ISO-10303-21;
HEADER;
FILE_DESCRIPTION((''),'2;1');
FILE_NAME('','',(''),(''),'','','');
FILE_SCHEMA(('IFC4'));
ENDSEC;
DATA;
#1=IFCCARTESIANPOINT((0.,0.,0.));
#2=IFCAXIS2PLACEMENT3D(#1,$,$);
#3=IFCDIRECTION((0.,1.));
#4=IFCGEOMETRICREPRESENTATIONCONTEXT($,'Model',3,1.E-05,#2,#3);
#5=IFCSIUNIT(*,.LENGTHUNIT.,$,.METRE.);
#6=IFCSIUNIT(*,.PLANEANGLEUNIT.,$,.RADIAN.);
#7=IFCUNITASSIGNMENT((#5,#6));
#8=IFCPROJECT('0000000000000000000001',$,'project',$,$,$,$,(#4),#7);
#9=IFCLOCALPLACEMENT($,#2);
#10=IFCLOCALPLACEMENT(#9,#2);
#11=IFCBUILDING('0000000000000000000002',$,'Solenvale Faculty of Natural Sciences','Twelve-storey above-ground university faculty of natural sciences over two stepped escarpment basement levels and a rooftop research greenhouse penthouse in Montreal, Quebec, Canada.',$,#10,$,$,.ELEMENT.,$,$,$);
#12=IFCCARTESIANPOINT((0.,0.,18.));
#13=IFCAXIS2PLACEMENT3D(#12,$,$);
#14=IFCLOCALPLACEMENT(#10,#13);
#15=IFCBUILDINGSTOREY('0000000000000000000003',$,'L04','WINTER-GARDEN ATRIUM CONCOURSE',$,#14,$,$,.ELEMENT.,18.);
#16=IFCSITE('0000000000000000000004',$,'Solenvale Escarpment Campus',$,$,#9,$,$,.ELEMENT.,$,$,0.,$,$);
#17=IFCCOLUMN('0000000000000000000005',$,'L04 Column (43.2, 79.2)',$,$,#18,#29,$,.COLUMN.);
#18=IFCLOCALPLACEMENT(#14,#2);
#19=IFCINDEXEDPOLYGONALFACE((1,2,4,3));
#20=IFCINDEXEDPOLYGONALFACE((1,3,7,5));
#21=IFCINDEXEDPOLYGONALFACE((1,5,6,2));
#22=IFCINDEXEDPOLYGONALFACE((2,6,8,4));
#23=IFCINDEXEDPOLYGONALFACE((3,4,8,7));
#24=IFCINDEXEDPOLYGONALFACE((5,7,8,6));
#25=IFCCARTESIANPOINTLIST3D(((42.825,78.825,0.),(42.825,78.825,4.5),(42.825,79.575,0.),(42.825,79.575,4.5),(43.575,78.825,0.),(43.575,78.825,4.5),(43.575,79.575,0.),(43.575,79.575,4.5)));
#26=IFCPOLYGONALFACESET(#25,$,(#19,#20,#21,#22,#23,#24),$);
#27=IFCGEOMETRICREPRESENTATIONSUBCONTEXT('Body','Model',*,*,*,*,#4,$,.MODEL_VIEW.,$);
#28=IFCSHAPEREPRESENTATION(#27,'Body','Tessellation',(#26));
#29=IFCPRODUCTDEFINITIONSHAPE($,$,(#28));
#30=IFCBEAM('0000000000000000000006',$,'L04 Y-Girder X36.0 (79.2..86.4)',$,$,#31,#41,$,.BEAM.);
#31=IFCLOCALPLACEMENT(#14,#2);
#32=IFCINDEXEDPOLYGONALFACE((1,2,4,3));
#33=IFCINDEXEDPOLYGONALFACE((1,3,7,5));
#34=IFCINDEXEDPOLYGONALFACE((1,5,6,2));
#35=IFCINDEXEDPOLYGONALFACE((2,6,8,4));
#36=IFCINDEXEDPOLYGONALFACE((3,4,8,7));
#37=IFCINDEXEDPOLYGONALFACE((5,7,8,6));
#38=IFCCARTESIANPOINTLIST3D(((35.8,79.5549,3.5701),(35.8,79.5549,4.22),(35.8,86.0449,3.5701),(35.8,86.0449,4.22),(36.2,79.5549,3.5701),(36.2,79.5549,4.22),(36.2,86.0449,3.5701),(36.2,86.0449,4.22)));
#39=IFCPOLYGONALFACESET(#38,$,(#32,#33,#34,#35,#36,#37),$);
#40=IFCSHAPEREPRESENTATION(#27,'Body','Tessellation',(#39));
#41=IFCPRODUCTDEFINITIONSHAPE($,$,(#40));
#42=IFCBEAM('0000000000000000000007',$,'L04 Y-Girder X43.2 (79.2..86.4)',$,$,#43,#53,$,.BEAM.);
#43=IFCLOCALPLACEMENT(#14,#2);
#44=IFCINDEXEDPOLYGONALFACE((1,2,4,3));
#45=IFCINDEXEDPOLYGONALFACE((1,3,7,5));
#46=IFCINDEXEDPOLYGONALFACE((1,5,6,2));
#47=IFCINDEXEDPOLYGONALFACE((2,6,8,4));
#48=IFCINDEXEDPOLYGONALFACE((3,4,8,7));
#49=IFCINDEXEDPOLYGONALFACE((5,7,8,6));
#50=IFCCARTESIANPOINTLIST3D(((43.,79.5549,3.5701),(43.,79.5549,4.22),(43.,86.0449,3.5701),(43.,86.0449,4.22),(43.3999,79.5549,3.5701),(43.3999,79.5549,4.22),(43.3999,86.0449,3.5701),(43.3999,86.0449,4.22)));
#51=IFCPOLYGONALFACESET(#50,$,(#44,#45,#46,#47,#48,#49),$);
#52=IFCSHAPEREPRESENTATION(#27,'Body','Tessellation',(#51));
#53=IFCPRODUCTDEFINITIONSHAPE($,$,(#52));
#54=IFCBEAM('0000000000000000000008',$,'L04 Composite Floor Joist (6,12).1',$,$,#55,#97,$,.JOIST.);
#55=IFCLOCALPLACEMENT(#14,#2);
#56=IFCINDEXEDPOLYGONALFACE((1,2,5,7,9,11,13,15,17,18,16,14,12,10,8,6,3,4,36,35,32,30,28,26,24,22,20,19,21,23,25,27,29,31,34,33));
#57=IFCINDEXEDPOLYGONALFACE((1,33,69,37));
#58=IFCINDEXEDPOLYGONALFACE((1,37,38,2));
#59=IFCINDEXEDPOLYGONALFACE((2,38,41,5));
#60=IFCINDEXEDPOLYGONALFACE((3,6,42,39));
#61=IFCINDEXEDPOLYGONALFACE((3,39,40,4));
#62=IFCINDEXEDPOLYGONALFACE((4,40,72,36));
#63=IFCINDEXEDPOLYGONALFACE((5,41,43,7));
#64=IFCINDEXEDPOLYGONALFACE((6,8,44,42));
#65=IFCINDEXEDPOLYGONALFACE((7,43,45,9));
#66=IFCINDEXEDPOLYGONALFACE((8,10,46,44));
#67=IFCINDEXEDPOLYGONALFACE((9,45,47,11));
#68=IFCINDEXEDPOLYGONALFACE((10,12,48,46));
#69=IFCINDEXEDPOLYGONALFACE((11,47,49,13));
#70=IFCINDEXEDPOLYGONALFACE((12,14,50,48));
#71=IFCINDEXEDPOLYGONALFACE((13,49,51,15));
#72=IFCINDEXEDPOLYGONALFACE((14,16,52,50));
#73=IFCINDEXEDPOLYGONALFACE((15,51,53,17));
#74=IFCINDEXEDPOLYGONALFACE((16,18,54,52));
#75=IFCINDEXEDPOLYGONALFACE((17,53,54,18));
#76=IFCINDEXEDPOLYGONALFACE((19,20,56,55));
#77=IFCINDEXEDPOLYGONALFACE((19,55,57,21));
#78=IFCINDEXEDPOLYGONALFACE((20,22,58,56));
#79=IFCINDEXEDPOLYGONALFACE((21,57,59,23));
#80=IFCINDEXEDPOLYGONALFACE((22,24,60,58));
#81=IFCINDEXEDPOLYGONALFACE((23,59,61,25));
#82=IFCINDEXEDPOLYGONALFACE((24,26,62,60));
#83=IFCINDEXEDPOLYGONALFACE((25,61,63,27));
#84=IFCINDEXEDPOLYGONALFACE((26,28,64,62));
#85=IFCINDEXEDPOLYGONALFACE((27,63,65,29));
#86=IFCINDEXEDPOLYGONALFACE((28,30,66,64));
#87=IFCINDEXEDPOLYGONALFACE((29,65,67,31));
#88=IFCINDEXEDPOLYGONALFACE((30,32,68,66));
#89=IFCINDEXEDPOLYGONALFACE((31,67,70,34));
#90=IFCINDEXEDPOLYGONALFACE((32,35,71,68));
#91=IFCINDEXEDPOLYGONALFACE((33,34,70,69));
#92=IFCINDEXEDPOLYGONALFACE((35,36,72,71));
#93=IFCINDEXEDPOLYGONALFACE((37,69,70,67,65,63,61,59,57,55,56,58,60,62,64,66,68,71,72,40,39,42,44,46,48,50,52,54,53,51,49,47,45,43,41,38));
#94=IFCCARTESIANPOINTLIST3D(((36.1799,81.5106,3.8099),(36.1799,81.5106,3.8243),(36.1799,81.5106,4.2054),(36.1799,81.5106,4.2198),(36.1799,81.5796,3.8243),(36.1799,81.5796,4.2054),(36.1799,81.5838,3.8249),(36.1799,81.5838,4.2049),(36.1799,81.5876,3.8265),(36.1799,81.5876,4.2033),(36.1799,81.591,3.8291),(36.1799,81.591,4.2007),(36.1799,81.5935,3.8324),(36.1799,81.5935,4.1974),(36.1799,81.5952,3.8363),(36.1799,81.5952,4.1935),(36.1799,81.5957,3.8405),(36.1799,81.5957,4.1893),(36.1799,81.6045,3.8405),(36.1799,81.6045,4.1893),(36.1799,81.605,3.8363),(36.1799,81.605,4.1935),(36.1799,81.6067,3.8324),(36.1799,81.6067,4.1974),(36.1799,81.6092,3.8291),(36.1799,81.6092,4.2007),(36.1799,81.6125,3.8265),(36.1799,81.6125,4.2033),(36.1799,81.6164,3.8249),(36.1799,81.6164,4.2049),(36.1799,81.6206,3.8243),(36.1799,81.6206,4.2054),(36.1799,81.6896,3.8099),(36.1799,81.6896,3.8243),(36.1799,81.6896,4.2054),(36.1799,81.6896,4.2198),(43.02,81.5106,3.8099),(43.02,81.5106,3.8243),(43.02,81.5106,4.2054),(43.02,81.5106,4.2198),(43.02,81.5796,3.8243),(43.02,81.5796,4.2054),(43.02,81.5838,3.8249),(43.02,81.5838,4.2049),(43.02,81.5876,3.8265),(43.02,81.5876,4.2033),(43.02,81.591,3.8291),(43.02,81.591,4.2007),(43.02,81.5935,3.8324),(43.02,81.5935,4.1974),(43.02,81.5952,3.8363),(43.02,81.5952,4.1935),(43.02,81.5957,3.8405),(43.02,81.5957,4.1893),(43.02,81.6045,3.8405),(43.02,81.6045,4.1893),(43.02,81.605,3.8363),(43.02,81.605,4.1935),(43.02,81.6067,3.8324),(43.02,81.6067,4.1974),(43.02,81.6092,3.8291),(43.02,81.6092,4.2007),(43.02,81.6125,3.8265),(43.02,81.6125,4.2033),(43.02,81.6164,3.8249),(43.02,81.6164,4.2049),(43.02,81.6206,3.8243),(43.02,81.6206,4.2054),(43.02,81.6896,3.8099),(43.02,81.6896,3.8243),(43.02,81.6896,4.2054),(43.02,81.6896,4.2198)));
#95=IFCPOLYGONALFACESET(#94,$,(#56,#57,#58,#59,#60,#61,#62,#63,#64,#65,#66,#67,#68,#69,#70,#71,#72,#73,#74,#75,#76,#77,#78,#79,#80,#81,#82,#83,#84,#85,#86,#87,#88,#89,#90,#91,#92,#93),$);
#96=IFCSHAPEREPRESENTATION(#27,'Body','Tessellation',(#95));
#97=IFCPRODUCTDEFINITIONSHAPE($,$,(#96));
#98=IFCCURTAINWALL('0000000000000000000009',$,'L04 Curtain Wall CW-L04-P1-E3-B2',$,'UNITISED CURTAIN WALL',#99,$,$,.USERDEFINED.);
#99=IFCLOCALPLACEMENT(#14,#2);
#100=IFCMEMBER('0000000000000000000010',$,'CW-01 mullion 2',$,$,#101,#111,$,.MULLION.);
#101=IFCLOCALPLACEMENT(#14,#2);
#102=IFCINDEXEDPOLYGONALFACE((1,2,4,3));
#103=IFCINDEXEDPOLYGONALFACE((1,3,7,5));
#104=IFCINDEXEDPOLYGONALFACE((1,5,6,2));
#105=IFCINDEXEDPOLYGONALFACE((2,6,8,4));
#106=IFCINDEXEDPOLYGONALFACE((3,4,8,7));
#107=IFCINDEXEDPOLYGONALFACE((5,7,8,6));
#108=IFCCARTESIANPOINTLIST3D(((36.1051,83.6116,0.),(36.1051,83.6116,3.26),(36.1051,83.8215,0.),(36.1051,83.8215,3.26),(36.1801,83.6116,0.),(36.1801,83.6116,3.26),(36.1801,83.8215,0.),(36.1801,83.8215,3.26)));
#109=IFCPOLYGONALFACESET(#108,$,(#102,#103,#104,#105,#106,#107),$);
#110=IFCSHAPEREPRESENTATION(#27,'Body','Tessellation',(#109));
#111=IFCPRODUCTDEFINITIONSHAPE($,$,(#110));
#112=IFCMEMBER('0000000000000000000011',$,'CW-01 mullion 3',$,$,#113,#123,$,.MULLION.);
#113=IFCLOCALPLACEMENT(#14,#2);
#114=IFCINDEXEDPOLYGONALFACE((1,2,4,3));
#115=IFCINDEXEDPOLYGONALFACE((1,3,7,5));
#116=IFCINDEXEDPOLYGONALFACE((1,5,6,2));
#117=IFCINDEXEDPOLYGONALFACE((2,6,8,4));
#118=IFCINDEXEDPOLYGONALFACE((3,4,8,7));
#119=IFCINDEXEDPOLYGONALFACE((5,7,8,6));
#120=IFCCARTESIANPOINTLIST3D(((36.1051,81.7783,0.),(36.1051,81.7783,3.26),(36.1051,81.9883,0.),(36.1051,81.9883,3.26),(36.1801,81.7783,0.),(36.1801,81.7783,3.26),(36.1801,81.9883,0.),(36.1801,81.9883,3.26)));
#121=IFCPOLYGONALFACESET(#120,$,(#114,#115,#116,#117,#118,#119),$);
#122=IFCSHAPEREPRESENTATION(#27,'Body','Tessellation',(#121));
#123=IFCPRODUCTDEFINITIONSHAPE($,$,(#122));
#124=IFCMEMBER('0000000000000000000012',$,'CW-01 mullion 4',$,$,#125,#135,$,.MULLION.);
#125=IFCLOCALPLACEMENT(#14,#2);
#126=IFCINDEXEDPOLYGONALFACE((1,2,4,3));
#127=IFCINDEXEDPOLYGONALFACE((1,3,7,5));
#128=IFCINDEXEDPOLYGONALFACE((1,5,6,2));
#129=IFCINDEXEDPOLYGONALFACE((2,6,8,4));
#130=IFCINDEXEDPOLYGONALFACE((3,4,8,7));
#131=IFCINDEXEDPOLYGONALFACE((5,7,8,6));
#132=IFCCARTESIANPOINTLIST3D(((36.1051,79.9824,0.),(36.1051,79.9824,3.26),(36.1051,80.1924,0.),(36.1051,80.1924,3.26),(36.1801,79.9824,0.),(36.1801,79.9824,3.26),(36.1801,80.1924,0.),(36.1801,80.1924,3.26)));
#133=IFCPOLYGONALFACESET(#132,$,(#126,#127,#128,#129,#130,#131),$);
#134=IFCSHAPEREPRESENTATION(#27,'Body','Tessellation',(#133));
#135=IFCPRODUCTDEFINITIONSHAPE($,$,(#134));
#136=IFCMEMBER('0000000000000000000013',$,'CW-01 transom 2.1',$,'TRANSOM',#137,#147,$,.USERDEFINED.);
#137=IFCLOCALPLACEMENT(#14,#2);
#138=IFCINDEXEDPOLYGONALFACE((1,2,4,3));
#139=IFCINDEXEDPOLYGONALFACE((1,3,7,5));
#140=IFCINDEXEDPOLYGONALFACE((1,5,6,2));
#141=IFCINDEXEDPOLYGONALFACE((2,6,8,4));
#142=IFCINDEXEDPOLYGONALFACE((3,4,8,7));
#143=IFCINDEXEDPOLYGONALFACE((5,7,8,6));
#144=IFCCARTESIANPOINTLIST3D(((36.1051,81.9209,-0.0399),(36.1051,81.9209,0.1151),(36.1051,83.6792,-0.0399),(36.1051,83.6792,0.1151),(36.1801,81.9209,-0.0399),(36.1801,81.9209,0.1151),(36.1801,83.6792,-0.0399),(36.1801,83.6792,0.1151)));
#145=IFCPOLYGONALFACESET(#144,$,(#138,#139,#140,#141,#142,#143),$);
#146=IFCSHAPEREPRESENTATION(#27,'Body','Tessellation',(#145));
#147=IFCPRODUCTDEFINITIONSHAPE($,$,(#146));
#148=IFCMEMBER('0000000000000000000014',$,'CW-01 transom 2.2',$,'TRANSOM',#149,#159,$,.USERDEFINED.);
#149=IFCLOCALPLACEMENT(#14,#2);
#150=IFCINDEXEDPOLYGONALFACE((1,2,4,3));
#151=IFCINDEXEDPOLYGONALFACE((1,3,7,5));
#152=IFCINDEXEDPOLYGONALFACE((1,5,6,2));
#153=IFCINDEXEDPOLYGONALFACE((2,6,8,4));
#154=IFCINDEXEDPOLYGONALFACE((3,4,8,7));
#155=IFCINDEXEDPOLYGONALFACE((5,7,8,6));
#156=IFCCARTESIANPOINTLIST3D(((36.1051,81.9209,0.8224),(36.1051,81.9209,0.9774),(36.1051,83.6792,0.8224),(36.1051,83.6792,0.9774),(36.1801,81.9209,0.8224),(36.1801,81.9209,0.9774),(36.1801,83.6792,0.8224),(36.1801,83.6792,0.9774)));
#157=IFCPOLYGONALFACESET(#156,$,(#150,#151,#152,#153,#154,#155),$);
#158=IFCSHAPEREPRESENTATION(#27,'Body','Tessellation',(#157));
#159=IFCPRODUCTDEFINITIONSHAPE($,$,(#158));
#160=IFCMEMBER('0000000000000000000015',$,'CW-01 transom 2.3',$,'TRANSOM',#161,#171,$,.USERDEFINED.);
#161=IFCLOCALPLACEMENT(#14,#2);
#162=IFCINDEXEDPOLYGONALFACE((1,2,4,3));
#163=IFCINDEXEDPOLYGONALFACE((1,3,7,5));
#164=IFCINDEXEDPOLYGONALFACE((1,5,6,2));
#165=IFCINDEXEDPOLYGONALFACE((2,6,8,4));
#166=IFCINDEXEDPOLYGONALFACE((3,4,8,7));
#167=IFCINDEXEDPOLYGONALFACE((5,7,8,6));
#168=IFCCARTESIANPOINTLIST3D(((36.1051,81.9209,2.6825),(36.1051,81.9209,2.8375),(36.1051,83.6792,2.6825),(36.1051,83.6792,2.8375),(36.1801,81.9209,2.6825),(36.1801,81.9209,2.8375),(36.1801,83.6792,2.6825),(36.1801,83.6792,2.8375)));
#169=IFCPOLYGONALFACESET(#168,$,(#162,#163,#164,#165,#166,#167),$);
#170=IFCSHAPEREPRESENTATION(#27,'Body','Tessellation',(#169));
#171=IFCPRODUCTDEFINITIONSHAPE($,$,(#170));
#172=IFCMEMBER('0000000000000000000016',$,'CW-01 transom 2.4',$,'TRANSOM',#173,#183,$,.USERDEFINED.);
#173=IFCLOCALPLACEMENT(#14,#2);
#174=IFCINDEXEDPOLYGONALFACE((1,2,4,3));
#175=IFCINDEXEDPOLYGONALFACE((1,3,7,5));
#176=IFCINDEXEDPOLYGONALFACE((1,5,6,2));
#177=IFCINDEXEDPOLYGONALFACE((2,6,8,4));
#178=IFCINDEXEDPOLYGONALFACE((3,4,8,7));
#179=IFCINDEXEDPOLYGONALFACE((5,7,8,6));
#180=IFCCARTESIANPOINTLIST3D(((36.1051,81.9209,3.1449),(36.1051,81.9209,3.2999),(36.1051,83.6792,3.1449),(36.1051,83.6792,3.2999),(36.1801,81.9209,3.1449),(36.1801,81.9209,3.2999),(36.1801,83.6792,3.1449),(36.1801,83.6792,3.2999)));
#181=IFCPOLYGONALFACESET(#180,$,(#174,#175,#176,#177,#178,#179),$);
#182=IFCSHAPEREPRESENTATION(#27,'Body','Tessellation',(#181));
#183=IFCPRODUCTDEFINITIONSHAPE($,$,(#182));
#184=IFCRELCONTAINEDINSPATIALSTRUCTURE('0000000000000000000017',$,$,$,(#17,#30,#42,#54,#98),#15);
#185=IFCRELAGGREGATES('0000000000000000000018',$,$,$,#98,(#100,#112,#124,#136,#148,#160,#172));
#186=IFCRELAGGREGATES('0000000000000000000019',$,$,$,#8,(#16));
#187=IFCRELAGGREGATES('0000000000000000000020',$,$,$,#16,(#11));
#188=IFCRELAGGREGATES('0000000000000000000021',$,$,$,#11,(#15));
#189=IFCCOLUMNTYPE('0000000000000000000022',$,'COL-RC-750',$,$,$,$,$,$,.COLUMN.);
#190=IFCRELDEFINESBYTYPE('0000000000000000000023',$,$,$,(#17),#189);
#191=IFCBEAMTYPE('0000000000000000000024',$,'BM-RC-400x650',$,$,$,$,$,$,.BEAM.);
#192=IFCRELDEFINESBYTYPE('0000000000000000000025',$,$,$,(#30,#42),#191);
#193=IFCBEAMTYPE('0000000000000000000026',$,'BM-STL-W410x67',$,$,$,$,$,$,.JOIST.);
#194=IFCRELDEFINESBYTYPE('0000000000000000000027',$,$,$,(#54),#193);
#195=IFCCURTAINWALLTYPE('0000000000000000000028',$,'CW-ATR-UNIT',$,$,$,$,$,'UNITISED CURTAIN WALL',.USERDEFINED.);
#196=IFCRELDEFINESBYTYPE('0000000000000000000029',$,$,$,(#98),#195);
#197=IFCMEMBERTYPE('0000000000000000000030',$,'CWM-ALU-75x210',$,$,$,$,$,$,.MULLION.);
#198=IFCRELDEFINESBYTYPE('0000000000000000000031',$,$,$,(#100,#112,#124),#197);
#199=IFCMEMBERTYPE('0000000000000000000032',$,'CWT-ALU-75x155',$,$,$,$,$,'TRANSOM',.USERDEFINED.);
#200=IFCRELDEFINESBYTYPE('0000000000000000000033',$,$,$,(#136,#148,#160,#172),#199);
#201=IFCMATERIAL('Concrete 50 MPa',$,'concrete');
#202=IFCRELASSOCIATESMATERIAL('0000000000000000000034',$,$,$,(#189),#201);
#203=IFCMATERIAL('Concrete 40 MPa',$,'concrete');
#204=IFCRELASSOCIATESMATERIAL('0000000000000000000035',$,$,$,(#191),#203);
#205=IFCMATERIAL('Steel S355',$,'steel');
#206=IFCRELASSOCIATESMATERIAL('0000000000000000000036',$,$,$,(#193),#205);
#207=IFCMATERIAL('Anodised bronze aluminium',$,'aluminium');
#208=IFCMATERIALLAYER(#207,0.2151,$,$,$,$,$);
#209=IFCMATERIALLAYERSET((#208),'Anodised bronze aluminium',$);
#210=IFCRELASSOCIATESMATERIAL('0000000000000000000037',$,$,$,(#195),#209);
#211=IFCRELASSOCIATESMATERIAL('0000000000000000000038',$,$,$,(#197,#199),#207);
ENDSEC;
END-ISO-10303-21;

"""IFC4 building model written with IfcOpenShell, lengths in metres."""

from ifc_helpers import new_model, si_unit, direction, frame, origin, origin_2d, place, context, subcontext, project, spatial, rectangle, i_section, extrude, material, layer, layer_set, material_profile, profile_set, type_object, element, aggregate, save


model = new_model("IFC4")

# Units and contexts
model_context = context("Model", 3, precision=1e-05, world=origin(), true_north=direction((0.0, 1.0)))
body_context = subcontext(model_context, "Body", "Model", "MODEL_VIEW")
ifc_project = project(units=[si_unit("LENGTHUNIT", "METRE"), si_unit("PLANEANGLEUNIT", "RADIAN")], contexts=[model_context])

# Site, building, storey
site_placement = place(None, origin())
site = spatial("IfcSite", under=ifc_project, at=site_placement, Name="Solenvale Escarpment Campus", CompositionType="ELEMENT", RefElevation=0.0)
building_placement = place(site_placement, origin())
building = spatial("IfcBuilding", under=site, at=building_placement, Name="Solenvale Faculty of Natural Sciences", Description="Twelve-storey above-ground university faculty of natural sciences over two stepped escarpment basement levels and a rooftop research greenhouse penthouse in Montreal, Quebec, Canada.", CompositionType="ELEMENT")
storey_placement = place(building_placement, frame((0.0, 0.0, 18.0)))
storey = spatial("IfcBuildingStorey", under=building, at=storey_placement, Name="L04", Description="WINTER-GARDEN ATRIUM CONCOURSE", CompositionType="ELEMENT", Elevation=18.0)

# Column
ifc_material_1 = material(Name="Concrete 50 MPa", Category="concrete")
ifc_material_profile_1 = material_profile(ifc_material_1, rectangle(XDim=0.75, YDim=0.75, at=origin_2d()), Name="RC-COL-750x750")
ifc_profile_set_1 = profile_set([ifc_material_profile_1], Name="Concrete 50 MPa")
column_type = type_object("IfcColumnType", Name="COL-RC-750", PredefinedType="COLUMN", material=ifc_profile_set_1)
column_placement = place(storey_placement, frame((43.2, 79.2, 0.0), z_axis=(0.0, 0.0, 1.0), x_axis=(1.0, 0.0, 0.0)))
element("IfcColumn", 1, at=column_placement, inside=storey, type_object=column_type, Name="L04 Column (43.2, 79.2)", PredefinedType="COLUMN", context=body_context, shape_type="SweptSolid", body=[
    extrude(rectangle(XDim=0.75, YDim=0.75, at=origin_2d()), origin(), (0.0, 0.0, 1.0), 4.5),
])

# Beams
ifc_material_2 = material(Name="Concrete 40 MPa", Category="concrete")
ifc_material_profile_2 = material_profile(ifc_material_2, rectangle(XDim=0.3999, YDim=0.6499, at=origin_2d()), Name="RC-BM-400x650")
ifc_profile_set_2 = profile_set([ifc_material_profile_2], Name="Concrete 40 MPa")
beam_type_1 = type_object("IfcBeamType", Name="BM-RC-400x650", PredefinedType="BEAM", material=ifc_profile_set_2)
for number, where, z_axis, x_axis, name in (
    (2, (36.0, 79.5549, 3.895), (0.0, 1.0, 0.0), (-1.0, 0.0, 0.0), "L04 Y-Girder X36.0 (79.2..86.4)"),
    (3, (43.2, 79.5549, 3.895), (0.0, 1.0, 0.0), (-1.0, 0.0, 0.0), "L04 Y-Girder X43.2 (79.2..86.4)"),
):
    element("IfcBeam", number, at=place(storey_placement, frame(where, z_axis=z_axis, x_axis=x_axis)), inside=storey, type_object=beam_type_1, Name=name, PredefinedType="BEAM", context=body_context, shape_type="SweptSolid", body=[
        extrude(rectangle(XDim=0.3999, YDim=0.6499, at=origin_2d()), origin(), (0.0, 0.0, 1.0), 6.49),
    ])
ifc_material_3 = material(Name="Steel S355", Category="steel")
ifc_material_profile_3 = material_profile(ifc_material_3, i_section(OverallWidth=0.179, OverallDepth=0.4099, WebThickness=0.0088, FlangeThickness=0.0144, FilletRadius=0.0161, at=origin_2d()), Name="W410x67")
ifc_profile_set_3 = profile_set([ifc_material_profile_3], Name="Steel S355")
beam_type_2 = type_object("IfcBeamType", Name="BM-STL-W410x67", PredefinedType="JOIST", material=ifc_profile_set_3)
beam_placement = place(storey_placement, frame((36.1799, 81.6001, 4.0149), z_axis=(1.0, 0.0, 0.0), x_axis=(0.0, 1.0, 0.0)))
element("IfcBeam", 4, at=beam_placement, inside=storey, type_object=beam_type_2, Name="L04 Composite Floor Joist (6,12).1", PredefinedType="JOIST", context=body_context, shape_type="SweptSolid", body=[
    extrude(i_section(OverallWidth=0.179, OverallDepth=0.4099, WebThickness=0.0088, FlangeThickness=0.0144, FilletRadius=0.0161, at=origin_2d()), origin(), (0.0, 0.0, 1.0), 6.8401),
])

# Curtain wall, members
ifc_material_4 = material(Name="Anodised bronze aluminium", Category="aluminium")
ifc_layer_1 = layer(ifc_material_4, 0.2151)
ifc_layer_set_1 = layer_set([ifc_layer_1], Name="Anodised bronze aluminium")
curtain_wall_type = type_object("IfcCurtainWallType", Name="CW-ATR-UNIT", ElementType="UNITISED CURTAIN WALL", PredefinedType="USERDEFINED", material=ifc_layer_set_1)
curtain_wall_placement = place(storey_placement, origin())
curtain_wall = element("IfcCurtainWall", 5, at=curtain_wall_placement, inside=storey, type_object=curtain_wall_type, Name="L04 Curtain Wall CW-L04-P1-E3-B2", ObjectType="UNITISED CURTAIN WALL", PredefinedType="USERDEFINED")
ifc_material_profile_4 = material_profile(ifc_material_4, rectangle(XDim=0.075, YDim=0.21, at=origin_2d()), Name="ALU-MUL-75x210")
ifc_profile_set_4 = profile_set([ifc_material_profile_4], Name="Anodised bronze aluminium")
member_type_1 = type_object("IfcMemberType", Name="CWM-ALU-75x210", PredefinedType="MULLION", material=ifc_profile_set_4)
member_1_placement = place(storey_placement, frame((36.1426, 83.7166, 0.0), z_axis=(0.0, 0.0, 1.0), x_axis=(1.0, 0.0, 0.0)))
member_1 = element("IfcMember", 6, at=member_1_placement, type_object=member_type_1, Name="CW-01 mullion 2", PredefinedType="MULLION", context=body_context, shape_type="SweptSolid", body=[
    extrude(rectangle(XDim=0.075, YDim=0.21, at=origin_2d()), origin(), (0.0, 0.0, 1.0), 3.26),
])
member_2_placement = place(storey_placement, frame((36.1426, 81.8833, 0.0), z_axis=(0.0, 0.0, 1.0), x_axis=(1.0, 0.0, 0.0)))
member_2 = element("IfcMember", 7, at=member_2_placement, type_object=member_type_1, Name="CW-01 mullion 3", PredefinedType="MULLION", context=body_context, shape_type="SweptSolid", body=[
    extrude(rectangle(XDim=0.075, YDim=0.21, at=origin_2d()), origin(), (0.0, 0.0, 1.0), 3.26),
])
member_3_placement = place(storey_placement, frame((36.1426, 80.0874, 0.0), z_axis=(0.0, 0.0, 1.0), x_axis=(1.0, 0.0, 0.0)))
member_3 = element("IfcMember", 8, at=member_3_placement, type_object=member_type_1, Name="CW-01 mullion 4", PredefinedType="MULLION", context=body_context, shape_type="SweptSolid", body=[
    extrude(rectangle(XDim=0.075, YDim=0.21, at=origin_2d()), origin(), (0.0, 0.0, 1.0), 3.26),
])
ifc_material_profile_5 = material_profile(ifc_material_4, rectangle(XDim=0.075, YDim=0.155, at=origin_2d()), Name="ALU-TRN-75x155")
ifc_profile_set_5 = profile_set([ifc_material_profile_5], Name="Anodised bronze aluminium")
member_type_2 = type_object("IfcMemberType", Name="CWT-ALU-75x155", ElementType="TRANSOM", PredefinedType="USERDEFINED", material=ifc_profile_set_5)
member_4_placement = place(storey_placement, frame((36.1426, 83.6792, 0.0376), z_axis=(0.0, -1.0, 0.0), x_axis=(1.0, 0.0, 0.0)))
member_4 = element("IfcMember", 9, at=member_4_placement, type_object=member_type_2, Name="CW-01 transom 2.1", ObjectType="TRANSOM", PredefinedType="USERDEFINED", context=body_context, shape_type="SweptSolid", body=[
    extrude(rectangle(XDim=0.075, YDim=0.155, at=origin_2d()), origin(), (0.0, 0.0, 1.0), 1.7583),
])
member_5_placement = place(storey_placement, frame((36.1426, 83.6792, 0.8999), z_axis=(0.0, -1.0, 0.0), x_axis=(1.0, 0.0, 0.0)))
member_5 = element("IfcMember", 10, at=member_5_placement, type_object=member_type_2, Name="CW-01 transom 2.2", ObjectType="TRANSOM", PredefinedType="USERDEFINED", context=body_context, shape_type="SweptSolid", body=[
    extrude(rectangle(XDim=0.075, YDim=0.155, at=origin_2d()), origin(), (0.0, 0.0, 1.0), 1.7583),
])
member_6_placement = place(storey_placement, frame((36.1426, 83.6792, 2.76), z_axis=(0.0, -1.0, 0.0), x_axis=(1.0, 0.0, 0.0)))
member_6 = element("IfcMember", 11, at=member_6_placement, type_object=member_type_2, Name="CW-01 transom 2.3", ObjectType="TRANSOM", PredefinedType="USERDEFINED", context=body_context, shape_type="SweptSolid", body=[
    extrude(rectangle(XDim=0.075, YDim=0.155, at=origin_2d()), origin(), (0.0, 0.0, 1.0), 1.7583),
])
member_7_placement = place(storey_placement, frame((36.1426, 83.6792, 3.2224), z_axis=(0.0, -1.0, 0.0), x_axis=(1.0, 0.0, 0.0)))
member_7 = element("IfcMember", 12, at=member_7_placement, type_object=member_type_2, Name="CW-01 transom 2.4", ObjectType="TRANSOM", PredefinedType="USERDEFINED", context=body_context, shape_type="SweptSolid", body=[
    extrude(rectangle(XDim=0.075, YDim=0.155, at=origin_2d()), origin(), (0.0, 0.0, 1.0), 1.7583),
])
aggregate(curtain_wall, [member_1, member_2, member_3, member_4, member_5, member_6, member_7])

save(model, "model.ifc")
